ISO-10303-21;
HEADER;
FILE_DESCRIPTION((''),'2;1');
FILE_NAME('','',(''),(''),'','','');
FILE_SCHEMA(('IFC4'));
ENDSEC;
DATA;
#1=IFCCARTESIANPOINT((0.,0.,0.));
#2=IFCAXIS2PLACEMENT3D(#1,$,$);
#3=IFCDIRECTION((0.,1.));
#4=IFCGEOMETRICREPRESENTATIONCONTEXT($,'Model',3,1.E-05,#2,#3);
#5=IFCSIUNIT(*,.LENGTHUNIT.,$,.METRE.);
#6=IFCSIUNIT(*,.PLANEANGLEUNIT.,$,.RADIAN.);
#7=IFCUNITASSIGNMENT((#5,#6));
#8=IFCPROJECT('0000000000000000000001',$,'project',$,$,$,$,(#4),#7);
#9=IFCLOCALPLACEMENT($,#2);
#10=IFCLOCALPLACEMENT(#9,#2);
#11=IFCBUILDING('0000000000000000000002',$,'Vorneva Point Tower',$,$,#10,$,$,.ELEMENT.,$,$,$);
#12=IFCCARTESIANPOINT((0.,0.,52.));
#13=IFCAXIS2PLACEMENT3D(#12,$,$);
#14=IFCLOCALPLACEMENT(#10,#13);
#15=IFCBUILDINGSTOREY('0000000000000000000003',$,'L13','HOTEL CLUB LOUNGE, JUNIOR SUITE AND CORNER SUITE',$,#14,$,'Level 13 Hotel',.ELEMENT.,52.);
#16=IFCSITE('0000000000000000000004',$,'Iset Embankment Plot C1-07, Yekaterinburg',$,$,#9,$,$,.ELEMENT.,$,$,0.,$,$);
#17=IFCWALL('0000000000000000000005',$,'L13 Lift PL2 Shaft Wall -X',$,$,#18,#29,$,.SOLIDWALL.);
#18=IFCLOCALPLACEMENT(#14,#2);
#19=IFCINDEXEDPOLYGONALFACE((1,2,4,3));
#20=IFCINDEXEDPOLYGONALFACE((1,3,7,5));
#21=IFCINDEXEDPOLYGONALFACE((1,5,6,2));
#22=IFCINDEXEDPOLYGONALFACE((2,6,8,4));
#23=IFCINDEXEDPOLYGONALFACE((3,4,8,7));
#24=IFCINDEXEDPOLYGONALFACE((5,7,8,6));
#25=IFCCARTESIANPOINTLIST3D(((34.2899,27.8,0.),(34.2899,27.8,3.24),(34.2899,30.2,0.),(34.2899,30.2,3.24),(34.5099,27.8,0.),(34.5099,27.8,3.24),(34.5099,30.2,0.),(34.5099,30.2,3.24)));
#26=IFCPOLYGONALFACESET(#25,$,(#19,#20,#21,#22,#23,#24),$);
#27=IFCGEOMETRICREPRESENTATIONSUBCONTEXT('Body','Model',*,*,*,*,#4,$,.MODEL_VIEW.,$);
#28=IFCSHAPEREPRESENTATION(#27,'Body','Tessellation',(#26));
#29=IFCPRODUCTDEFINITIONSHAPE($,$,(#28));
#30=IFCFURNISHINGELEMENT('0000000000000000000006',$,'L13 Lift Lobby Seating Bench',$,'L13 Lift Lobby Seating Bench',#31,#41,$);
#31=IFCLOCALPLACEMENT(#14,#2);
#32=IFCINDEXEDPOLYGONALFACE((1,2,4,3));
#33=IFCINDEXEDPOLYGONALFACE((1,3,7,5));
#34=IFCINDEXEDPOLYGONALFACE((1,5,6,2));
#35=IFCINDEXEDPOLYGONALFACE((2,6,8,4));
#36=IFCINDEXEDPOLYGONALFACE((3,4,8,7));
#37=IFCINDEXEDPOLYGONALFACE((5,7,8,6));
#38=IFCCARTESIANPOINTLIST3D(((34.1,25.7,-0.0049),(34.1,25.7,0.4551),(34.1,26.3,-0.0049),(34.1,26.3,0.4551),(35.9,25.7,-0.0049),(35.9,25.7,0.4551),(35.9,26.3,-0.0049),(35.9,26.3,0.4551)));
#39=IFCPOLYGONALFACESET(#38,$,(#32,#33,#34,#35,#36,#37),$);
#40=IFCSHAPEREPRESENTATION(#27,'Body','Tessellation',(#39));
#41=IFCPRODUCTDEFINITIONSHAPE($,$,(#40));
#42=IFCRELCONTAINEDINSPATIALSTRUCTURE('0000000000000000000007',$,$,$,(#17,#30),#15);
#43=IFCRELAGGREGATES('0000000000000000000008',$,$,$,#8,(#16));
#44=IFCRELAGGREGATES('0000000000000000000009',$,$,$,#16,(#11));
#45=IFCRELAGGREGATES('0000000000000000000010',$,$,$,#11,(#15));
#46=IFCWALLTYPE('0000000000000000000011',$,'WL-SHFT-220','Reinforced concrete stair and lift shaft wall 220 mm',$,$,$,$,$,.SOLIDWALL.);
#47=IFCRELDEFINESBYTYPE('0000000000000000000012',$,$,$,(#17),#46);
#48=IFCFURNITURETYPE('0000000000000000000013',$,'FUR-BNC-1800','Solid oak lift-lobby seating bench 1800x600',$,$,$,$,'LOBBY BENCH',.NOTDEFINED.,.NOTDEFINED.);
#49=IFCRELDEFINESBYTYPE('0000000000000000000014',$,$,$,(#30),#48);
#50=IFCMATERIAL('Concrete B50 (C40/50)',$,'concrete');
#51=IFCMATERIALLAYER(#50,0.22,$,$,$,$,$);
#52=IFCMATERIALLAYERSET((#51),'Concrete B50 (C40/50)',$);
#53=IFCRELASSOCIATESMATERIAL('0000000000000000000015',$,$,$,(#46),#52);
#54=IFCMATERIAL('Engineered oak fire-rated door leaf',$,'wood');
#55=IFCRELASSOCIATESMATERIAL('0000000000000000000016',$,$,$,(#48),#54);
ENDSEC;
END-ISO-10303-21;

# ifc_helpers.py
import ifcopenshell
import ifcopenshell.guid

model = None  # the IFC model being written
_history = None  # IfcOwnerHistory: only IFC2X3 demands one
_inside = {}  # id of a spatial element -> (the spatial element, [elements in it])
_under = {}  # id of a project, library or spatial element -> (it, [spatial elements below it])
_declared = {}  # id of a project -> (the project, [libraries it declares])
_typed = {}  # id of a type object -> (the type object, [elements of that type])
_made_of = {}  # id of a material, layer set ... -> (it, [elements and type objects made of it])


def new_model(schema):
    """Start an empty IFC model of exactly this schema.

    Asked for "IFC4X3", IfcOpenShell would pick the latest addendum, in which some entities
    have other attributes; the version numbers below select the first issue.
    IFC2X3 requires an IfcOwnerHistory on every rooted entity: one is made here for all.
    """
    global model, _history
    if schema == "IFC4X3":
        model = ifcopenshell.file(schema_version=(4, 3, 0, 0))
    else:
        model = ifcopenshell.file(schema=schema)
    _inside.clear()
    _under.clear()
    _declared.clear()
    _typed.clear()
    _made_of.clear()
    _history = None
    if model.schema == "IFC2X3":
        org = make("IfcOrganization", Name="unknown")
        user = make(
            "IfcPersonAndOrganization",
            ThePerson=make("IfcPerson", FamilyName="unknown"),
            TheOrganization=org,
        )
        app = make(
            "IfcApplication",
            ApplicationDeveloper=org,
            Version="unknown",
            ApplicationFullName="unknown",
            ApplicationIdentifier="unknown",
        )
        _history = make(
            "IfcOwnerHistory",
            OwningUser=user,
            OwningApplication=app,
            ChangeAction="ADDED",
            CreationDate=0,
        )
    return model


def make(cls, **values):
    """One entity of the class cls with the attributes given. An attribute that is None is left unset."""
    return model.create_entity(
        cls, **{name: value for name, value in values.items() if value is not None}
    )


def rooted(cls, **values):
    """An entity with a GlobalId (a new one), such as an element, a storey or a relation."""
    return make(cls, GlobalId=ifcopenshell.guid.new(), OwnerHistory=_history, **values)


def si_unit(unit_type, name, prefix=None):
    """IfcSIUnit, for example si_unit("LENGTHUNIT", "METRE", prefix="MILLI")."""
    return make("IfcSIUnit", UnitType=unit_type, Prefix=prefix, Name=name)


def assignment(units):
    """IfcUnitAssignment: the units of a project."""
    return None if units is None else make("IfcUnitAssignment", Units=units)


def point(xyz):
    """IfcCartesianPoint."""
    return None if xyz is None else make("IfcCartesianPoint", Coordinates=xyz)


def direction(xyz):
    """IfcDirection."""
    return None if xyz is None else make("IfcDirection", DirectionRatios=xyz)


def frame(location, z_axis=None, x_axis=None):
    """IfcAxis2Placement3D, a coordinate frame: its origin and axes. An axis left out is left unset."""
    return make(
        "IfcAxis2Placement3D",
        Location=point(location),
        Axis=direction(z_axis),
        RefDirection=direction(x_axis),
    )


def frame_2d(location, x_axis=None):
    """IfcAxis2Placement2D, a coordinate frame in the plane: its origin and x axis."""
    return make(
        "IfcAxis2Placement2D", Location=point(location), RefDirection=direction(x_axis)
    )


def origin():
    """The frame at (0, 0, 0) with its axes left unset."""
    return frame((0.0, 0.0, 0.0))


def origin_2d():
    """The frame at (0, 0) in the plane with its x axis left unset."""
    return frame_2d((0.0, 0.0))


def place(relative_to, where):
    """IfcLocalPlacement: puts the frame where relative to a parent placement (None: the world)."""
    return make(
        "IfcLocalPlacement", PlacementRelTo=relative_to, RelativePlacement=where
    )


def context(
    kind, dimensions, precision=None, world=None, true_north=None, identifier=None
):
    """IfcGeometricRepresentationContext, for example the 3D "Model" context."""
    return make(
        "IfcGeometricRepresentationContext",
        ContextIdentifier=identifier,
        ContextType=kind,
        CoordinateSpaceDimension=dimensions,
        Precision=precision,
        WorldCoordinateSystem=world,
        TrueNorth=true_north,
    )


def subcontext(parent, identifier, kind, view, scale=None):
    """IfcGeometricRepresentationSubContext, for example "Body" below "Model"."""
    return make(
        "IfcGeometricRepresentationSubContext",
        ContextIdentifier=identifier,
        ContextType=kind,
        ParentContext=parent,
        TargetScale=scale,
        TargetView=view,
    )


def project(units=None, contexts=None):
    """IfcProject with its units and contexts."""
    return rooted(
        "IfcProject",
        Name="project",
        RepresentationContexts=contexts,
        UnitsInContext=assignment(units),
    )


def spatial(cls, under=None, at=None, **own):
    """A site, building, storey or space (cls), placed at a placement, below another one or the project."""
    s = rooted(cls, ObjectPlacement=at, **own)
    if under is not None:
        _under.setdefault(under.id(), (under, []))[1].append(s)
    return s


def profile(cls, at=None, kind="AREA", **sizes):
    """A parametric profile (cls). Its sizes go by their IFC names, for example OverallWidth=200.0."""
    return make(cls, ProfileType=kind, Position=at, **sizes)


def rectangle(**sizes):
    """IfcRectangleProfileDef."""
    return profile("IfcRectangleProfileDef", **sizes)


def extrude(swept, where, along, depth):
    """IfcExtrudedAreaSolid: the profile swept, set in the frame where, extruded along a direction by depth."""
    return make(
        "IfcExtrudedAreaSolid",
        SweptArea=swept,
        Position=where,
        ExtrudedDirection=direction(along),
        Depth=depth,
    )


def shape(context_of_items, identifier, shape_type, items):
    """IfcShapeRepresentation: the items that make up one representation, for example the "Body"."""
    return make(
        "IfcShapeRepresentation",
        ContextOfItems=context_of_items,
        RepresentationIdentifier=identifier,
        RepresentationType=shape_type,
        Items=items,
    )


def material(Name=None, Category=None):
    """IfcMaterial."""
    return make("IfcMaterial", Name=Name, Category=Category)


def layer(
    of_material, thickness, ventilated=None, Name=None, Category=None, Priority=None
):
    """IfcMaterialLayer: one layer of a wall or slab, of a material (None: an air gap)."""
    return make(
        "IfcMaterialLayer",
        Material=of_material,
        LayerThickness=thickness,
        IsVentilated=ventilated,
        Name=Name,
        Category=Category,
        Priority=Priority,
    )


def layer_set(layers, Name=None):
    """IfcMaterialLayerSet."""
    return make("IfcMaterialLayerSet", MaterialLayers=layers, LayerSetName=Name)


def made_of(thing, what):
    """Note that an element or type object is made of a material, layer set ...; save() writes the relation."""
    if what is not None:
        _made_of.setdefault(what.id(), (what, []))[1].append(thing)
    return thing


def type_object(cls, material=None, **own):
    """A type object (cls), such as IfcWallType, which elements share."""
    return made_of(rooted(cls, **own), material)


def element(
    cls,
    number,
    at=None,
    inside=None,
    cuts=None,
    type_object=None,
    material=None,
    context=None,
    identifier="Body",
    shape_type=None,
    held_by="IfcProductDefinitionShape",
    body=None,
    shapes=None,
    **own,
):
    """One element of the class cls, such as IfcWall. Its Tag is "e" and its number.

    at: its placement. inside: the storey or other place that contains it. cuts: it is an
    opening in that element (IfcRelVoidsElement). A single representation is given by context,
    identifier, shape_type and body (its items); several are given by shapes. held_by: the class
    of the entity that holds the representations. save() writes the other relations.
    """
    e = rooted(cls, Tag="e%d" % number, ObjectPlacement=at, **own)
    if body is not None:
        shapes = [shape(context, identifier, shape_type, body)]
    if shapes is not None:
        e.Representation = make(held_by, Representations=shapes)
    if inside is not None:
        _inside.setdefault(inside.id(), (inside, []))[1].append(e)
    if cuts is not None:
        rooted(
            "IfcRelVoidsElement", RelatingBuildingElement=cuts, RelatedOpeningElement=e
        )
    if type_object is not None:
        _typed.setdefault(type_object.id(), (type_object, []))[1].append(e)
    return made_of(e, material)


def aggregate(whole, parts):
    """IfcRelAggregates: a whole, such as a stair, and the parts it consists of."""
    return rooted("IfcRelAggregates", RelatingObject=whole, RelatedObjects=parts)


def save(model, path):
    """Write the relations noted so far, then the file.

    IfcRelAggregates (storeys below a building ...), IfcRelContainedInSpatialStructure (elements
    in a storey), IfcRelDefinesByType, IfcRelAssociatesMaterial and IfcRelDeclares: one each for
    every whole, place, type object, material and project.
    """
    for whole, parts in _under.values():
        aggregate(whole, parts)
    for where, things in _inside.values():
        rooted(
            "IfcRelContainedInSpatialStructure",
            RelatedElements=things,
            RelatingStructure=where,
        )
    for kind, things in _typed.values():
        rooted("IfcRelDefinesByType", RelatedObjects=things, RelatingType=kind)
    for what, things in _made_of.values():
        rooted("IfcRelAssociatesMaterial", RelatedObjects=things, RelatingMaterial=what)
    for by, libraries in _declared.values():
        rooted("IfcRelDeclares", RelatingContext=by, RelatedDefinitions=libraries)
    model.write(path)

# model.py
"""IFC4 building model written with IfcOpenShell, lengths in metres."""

from ifc_helpers import new_model, si_unit, direction, frame, frame_2d, origin, origin_2d, place, context, subcontext, project, spatial, rectangle, extrude, material, layer, layer_set, type_object, element, save


model = new_model("IFC4")

# Units and contexts
model_context = context("Model", 3, precision=1e-05, world=origin(), true_north=direction((0.0, 1.0)))
body_context = subcontext(model_context, "Body", "Model", "MODEL_VIEW")
ifc_project = project(units=[si_unit("LENGTHUNIT", "METRE"), si_unit("PLANEANGLEUNIT", "RADIAN")], contexts=[model_context])

# Site, building, storey
site_placement = place(None, origin())
site = spatial("IfcSite", under=ifc_project, at=site_placement, Name="Iset Embankment Plot C1-07, Yekaterinburg", CompositionType="ELEMENT", RefElevation=0.0)
building_placement = place(site_placement, origin())
building = spatial("IfcBuilding", under=site, at=building_placement, Name="Vorneva Point Tower", CompositionType="ELEMENT")
storey_placement = place(building_placement, frame((0.0, 0.0, 52.0)))
storey = spatial("IfcBuildingStorey", under=building, at=storey_placement, Name="L13", Description="HOTEL CLUB LOUNGE, JUNIOR SUITE AND CORNER SUITE", LongName="Level 13 Hotel", CompositionType="ELEMENT", Elevation=52.0)

# Shared definitions
ifc_material_1 = material(Name="Engineered oak fire-rated door leaf", Category="wood")

# Shared definitions
ifc_material_2 = material(Name="Concrete B50 (C40/50)", Category="concrete")
ifc_layer_1 = layer(ifc_material_2, 0.22)
ifc_layer_set_1 = layer_set([ifc_layer_1], Name="Concrete B50 (C40/50)")
wall_type_1 = type_object("IfcWallType", Name="WL-SHFT-220", Description="Reinforced concrete stair and lift shaft wall 220 mm", PredefinedType="SOLIDWALL", material=ifc_layer_set_1)

# Wall
wall_1_placement = place(storey_placement, frame((34.3999, 30.2, 0.0), z_axis=(0.0, 0.0, 1.0), x_axis=(0.0, -1.0, 0.0)))
element("IfcWall", 1, at=wall_1_placement, inside=storey, type_object=wall_type_1, Name="L13 Lift PL2 Shaft Wall -X", PredefinedType="SOLIDWALL", context=body_context, shape_type="SweptSolid", body=[
    extrude(rectangle(XDim=2.3999, YDim=0.22, at=frame_2d((1.2, 0.0))), origin(), (0.0, 0.0, 1.0), 3.24),
])

# Furnishing element
furniture_type = type_object("IfcFurnitureType", Name="FUR-BNC-1800", Description="Solid oak lift-lobby seating bench 1800x600", ElementType="LOBBY BENCH", AssemblyPlace="NOTDEFINED", PredefinedType="NOTDEFINED", material=ifc_material_1)
furnishing_placement = place(storey_placement, frame((35.0, 26.0, -0.0049), z_axis=(0.0, 0.0, 1.0), x_axis=(1.0, 0.0, 0.0)))
element("IfcFurnishingElement", 2, at=furnishing_placement, inside=storey, type_object=furniture_type, Name="L13 Lift Lobby Seating Bench", ObjectType="L13 Lift Lobby Seating Bench", context=body_context, shape_type="SweptSolid", body=[
    extrude(rectangle(XDim=1.8, YDim=0.6001, at=origin_2d()), origin(), (0.0, 0.0, 1.0), 0.46),
])

save(model, "model.ifc")
